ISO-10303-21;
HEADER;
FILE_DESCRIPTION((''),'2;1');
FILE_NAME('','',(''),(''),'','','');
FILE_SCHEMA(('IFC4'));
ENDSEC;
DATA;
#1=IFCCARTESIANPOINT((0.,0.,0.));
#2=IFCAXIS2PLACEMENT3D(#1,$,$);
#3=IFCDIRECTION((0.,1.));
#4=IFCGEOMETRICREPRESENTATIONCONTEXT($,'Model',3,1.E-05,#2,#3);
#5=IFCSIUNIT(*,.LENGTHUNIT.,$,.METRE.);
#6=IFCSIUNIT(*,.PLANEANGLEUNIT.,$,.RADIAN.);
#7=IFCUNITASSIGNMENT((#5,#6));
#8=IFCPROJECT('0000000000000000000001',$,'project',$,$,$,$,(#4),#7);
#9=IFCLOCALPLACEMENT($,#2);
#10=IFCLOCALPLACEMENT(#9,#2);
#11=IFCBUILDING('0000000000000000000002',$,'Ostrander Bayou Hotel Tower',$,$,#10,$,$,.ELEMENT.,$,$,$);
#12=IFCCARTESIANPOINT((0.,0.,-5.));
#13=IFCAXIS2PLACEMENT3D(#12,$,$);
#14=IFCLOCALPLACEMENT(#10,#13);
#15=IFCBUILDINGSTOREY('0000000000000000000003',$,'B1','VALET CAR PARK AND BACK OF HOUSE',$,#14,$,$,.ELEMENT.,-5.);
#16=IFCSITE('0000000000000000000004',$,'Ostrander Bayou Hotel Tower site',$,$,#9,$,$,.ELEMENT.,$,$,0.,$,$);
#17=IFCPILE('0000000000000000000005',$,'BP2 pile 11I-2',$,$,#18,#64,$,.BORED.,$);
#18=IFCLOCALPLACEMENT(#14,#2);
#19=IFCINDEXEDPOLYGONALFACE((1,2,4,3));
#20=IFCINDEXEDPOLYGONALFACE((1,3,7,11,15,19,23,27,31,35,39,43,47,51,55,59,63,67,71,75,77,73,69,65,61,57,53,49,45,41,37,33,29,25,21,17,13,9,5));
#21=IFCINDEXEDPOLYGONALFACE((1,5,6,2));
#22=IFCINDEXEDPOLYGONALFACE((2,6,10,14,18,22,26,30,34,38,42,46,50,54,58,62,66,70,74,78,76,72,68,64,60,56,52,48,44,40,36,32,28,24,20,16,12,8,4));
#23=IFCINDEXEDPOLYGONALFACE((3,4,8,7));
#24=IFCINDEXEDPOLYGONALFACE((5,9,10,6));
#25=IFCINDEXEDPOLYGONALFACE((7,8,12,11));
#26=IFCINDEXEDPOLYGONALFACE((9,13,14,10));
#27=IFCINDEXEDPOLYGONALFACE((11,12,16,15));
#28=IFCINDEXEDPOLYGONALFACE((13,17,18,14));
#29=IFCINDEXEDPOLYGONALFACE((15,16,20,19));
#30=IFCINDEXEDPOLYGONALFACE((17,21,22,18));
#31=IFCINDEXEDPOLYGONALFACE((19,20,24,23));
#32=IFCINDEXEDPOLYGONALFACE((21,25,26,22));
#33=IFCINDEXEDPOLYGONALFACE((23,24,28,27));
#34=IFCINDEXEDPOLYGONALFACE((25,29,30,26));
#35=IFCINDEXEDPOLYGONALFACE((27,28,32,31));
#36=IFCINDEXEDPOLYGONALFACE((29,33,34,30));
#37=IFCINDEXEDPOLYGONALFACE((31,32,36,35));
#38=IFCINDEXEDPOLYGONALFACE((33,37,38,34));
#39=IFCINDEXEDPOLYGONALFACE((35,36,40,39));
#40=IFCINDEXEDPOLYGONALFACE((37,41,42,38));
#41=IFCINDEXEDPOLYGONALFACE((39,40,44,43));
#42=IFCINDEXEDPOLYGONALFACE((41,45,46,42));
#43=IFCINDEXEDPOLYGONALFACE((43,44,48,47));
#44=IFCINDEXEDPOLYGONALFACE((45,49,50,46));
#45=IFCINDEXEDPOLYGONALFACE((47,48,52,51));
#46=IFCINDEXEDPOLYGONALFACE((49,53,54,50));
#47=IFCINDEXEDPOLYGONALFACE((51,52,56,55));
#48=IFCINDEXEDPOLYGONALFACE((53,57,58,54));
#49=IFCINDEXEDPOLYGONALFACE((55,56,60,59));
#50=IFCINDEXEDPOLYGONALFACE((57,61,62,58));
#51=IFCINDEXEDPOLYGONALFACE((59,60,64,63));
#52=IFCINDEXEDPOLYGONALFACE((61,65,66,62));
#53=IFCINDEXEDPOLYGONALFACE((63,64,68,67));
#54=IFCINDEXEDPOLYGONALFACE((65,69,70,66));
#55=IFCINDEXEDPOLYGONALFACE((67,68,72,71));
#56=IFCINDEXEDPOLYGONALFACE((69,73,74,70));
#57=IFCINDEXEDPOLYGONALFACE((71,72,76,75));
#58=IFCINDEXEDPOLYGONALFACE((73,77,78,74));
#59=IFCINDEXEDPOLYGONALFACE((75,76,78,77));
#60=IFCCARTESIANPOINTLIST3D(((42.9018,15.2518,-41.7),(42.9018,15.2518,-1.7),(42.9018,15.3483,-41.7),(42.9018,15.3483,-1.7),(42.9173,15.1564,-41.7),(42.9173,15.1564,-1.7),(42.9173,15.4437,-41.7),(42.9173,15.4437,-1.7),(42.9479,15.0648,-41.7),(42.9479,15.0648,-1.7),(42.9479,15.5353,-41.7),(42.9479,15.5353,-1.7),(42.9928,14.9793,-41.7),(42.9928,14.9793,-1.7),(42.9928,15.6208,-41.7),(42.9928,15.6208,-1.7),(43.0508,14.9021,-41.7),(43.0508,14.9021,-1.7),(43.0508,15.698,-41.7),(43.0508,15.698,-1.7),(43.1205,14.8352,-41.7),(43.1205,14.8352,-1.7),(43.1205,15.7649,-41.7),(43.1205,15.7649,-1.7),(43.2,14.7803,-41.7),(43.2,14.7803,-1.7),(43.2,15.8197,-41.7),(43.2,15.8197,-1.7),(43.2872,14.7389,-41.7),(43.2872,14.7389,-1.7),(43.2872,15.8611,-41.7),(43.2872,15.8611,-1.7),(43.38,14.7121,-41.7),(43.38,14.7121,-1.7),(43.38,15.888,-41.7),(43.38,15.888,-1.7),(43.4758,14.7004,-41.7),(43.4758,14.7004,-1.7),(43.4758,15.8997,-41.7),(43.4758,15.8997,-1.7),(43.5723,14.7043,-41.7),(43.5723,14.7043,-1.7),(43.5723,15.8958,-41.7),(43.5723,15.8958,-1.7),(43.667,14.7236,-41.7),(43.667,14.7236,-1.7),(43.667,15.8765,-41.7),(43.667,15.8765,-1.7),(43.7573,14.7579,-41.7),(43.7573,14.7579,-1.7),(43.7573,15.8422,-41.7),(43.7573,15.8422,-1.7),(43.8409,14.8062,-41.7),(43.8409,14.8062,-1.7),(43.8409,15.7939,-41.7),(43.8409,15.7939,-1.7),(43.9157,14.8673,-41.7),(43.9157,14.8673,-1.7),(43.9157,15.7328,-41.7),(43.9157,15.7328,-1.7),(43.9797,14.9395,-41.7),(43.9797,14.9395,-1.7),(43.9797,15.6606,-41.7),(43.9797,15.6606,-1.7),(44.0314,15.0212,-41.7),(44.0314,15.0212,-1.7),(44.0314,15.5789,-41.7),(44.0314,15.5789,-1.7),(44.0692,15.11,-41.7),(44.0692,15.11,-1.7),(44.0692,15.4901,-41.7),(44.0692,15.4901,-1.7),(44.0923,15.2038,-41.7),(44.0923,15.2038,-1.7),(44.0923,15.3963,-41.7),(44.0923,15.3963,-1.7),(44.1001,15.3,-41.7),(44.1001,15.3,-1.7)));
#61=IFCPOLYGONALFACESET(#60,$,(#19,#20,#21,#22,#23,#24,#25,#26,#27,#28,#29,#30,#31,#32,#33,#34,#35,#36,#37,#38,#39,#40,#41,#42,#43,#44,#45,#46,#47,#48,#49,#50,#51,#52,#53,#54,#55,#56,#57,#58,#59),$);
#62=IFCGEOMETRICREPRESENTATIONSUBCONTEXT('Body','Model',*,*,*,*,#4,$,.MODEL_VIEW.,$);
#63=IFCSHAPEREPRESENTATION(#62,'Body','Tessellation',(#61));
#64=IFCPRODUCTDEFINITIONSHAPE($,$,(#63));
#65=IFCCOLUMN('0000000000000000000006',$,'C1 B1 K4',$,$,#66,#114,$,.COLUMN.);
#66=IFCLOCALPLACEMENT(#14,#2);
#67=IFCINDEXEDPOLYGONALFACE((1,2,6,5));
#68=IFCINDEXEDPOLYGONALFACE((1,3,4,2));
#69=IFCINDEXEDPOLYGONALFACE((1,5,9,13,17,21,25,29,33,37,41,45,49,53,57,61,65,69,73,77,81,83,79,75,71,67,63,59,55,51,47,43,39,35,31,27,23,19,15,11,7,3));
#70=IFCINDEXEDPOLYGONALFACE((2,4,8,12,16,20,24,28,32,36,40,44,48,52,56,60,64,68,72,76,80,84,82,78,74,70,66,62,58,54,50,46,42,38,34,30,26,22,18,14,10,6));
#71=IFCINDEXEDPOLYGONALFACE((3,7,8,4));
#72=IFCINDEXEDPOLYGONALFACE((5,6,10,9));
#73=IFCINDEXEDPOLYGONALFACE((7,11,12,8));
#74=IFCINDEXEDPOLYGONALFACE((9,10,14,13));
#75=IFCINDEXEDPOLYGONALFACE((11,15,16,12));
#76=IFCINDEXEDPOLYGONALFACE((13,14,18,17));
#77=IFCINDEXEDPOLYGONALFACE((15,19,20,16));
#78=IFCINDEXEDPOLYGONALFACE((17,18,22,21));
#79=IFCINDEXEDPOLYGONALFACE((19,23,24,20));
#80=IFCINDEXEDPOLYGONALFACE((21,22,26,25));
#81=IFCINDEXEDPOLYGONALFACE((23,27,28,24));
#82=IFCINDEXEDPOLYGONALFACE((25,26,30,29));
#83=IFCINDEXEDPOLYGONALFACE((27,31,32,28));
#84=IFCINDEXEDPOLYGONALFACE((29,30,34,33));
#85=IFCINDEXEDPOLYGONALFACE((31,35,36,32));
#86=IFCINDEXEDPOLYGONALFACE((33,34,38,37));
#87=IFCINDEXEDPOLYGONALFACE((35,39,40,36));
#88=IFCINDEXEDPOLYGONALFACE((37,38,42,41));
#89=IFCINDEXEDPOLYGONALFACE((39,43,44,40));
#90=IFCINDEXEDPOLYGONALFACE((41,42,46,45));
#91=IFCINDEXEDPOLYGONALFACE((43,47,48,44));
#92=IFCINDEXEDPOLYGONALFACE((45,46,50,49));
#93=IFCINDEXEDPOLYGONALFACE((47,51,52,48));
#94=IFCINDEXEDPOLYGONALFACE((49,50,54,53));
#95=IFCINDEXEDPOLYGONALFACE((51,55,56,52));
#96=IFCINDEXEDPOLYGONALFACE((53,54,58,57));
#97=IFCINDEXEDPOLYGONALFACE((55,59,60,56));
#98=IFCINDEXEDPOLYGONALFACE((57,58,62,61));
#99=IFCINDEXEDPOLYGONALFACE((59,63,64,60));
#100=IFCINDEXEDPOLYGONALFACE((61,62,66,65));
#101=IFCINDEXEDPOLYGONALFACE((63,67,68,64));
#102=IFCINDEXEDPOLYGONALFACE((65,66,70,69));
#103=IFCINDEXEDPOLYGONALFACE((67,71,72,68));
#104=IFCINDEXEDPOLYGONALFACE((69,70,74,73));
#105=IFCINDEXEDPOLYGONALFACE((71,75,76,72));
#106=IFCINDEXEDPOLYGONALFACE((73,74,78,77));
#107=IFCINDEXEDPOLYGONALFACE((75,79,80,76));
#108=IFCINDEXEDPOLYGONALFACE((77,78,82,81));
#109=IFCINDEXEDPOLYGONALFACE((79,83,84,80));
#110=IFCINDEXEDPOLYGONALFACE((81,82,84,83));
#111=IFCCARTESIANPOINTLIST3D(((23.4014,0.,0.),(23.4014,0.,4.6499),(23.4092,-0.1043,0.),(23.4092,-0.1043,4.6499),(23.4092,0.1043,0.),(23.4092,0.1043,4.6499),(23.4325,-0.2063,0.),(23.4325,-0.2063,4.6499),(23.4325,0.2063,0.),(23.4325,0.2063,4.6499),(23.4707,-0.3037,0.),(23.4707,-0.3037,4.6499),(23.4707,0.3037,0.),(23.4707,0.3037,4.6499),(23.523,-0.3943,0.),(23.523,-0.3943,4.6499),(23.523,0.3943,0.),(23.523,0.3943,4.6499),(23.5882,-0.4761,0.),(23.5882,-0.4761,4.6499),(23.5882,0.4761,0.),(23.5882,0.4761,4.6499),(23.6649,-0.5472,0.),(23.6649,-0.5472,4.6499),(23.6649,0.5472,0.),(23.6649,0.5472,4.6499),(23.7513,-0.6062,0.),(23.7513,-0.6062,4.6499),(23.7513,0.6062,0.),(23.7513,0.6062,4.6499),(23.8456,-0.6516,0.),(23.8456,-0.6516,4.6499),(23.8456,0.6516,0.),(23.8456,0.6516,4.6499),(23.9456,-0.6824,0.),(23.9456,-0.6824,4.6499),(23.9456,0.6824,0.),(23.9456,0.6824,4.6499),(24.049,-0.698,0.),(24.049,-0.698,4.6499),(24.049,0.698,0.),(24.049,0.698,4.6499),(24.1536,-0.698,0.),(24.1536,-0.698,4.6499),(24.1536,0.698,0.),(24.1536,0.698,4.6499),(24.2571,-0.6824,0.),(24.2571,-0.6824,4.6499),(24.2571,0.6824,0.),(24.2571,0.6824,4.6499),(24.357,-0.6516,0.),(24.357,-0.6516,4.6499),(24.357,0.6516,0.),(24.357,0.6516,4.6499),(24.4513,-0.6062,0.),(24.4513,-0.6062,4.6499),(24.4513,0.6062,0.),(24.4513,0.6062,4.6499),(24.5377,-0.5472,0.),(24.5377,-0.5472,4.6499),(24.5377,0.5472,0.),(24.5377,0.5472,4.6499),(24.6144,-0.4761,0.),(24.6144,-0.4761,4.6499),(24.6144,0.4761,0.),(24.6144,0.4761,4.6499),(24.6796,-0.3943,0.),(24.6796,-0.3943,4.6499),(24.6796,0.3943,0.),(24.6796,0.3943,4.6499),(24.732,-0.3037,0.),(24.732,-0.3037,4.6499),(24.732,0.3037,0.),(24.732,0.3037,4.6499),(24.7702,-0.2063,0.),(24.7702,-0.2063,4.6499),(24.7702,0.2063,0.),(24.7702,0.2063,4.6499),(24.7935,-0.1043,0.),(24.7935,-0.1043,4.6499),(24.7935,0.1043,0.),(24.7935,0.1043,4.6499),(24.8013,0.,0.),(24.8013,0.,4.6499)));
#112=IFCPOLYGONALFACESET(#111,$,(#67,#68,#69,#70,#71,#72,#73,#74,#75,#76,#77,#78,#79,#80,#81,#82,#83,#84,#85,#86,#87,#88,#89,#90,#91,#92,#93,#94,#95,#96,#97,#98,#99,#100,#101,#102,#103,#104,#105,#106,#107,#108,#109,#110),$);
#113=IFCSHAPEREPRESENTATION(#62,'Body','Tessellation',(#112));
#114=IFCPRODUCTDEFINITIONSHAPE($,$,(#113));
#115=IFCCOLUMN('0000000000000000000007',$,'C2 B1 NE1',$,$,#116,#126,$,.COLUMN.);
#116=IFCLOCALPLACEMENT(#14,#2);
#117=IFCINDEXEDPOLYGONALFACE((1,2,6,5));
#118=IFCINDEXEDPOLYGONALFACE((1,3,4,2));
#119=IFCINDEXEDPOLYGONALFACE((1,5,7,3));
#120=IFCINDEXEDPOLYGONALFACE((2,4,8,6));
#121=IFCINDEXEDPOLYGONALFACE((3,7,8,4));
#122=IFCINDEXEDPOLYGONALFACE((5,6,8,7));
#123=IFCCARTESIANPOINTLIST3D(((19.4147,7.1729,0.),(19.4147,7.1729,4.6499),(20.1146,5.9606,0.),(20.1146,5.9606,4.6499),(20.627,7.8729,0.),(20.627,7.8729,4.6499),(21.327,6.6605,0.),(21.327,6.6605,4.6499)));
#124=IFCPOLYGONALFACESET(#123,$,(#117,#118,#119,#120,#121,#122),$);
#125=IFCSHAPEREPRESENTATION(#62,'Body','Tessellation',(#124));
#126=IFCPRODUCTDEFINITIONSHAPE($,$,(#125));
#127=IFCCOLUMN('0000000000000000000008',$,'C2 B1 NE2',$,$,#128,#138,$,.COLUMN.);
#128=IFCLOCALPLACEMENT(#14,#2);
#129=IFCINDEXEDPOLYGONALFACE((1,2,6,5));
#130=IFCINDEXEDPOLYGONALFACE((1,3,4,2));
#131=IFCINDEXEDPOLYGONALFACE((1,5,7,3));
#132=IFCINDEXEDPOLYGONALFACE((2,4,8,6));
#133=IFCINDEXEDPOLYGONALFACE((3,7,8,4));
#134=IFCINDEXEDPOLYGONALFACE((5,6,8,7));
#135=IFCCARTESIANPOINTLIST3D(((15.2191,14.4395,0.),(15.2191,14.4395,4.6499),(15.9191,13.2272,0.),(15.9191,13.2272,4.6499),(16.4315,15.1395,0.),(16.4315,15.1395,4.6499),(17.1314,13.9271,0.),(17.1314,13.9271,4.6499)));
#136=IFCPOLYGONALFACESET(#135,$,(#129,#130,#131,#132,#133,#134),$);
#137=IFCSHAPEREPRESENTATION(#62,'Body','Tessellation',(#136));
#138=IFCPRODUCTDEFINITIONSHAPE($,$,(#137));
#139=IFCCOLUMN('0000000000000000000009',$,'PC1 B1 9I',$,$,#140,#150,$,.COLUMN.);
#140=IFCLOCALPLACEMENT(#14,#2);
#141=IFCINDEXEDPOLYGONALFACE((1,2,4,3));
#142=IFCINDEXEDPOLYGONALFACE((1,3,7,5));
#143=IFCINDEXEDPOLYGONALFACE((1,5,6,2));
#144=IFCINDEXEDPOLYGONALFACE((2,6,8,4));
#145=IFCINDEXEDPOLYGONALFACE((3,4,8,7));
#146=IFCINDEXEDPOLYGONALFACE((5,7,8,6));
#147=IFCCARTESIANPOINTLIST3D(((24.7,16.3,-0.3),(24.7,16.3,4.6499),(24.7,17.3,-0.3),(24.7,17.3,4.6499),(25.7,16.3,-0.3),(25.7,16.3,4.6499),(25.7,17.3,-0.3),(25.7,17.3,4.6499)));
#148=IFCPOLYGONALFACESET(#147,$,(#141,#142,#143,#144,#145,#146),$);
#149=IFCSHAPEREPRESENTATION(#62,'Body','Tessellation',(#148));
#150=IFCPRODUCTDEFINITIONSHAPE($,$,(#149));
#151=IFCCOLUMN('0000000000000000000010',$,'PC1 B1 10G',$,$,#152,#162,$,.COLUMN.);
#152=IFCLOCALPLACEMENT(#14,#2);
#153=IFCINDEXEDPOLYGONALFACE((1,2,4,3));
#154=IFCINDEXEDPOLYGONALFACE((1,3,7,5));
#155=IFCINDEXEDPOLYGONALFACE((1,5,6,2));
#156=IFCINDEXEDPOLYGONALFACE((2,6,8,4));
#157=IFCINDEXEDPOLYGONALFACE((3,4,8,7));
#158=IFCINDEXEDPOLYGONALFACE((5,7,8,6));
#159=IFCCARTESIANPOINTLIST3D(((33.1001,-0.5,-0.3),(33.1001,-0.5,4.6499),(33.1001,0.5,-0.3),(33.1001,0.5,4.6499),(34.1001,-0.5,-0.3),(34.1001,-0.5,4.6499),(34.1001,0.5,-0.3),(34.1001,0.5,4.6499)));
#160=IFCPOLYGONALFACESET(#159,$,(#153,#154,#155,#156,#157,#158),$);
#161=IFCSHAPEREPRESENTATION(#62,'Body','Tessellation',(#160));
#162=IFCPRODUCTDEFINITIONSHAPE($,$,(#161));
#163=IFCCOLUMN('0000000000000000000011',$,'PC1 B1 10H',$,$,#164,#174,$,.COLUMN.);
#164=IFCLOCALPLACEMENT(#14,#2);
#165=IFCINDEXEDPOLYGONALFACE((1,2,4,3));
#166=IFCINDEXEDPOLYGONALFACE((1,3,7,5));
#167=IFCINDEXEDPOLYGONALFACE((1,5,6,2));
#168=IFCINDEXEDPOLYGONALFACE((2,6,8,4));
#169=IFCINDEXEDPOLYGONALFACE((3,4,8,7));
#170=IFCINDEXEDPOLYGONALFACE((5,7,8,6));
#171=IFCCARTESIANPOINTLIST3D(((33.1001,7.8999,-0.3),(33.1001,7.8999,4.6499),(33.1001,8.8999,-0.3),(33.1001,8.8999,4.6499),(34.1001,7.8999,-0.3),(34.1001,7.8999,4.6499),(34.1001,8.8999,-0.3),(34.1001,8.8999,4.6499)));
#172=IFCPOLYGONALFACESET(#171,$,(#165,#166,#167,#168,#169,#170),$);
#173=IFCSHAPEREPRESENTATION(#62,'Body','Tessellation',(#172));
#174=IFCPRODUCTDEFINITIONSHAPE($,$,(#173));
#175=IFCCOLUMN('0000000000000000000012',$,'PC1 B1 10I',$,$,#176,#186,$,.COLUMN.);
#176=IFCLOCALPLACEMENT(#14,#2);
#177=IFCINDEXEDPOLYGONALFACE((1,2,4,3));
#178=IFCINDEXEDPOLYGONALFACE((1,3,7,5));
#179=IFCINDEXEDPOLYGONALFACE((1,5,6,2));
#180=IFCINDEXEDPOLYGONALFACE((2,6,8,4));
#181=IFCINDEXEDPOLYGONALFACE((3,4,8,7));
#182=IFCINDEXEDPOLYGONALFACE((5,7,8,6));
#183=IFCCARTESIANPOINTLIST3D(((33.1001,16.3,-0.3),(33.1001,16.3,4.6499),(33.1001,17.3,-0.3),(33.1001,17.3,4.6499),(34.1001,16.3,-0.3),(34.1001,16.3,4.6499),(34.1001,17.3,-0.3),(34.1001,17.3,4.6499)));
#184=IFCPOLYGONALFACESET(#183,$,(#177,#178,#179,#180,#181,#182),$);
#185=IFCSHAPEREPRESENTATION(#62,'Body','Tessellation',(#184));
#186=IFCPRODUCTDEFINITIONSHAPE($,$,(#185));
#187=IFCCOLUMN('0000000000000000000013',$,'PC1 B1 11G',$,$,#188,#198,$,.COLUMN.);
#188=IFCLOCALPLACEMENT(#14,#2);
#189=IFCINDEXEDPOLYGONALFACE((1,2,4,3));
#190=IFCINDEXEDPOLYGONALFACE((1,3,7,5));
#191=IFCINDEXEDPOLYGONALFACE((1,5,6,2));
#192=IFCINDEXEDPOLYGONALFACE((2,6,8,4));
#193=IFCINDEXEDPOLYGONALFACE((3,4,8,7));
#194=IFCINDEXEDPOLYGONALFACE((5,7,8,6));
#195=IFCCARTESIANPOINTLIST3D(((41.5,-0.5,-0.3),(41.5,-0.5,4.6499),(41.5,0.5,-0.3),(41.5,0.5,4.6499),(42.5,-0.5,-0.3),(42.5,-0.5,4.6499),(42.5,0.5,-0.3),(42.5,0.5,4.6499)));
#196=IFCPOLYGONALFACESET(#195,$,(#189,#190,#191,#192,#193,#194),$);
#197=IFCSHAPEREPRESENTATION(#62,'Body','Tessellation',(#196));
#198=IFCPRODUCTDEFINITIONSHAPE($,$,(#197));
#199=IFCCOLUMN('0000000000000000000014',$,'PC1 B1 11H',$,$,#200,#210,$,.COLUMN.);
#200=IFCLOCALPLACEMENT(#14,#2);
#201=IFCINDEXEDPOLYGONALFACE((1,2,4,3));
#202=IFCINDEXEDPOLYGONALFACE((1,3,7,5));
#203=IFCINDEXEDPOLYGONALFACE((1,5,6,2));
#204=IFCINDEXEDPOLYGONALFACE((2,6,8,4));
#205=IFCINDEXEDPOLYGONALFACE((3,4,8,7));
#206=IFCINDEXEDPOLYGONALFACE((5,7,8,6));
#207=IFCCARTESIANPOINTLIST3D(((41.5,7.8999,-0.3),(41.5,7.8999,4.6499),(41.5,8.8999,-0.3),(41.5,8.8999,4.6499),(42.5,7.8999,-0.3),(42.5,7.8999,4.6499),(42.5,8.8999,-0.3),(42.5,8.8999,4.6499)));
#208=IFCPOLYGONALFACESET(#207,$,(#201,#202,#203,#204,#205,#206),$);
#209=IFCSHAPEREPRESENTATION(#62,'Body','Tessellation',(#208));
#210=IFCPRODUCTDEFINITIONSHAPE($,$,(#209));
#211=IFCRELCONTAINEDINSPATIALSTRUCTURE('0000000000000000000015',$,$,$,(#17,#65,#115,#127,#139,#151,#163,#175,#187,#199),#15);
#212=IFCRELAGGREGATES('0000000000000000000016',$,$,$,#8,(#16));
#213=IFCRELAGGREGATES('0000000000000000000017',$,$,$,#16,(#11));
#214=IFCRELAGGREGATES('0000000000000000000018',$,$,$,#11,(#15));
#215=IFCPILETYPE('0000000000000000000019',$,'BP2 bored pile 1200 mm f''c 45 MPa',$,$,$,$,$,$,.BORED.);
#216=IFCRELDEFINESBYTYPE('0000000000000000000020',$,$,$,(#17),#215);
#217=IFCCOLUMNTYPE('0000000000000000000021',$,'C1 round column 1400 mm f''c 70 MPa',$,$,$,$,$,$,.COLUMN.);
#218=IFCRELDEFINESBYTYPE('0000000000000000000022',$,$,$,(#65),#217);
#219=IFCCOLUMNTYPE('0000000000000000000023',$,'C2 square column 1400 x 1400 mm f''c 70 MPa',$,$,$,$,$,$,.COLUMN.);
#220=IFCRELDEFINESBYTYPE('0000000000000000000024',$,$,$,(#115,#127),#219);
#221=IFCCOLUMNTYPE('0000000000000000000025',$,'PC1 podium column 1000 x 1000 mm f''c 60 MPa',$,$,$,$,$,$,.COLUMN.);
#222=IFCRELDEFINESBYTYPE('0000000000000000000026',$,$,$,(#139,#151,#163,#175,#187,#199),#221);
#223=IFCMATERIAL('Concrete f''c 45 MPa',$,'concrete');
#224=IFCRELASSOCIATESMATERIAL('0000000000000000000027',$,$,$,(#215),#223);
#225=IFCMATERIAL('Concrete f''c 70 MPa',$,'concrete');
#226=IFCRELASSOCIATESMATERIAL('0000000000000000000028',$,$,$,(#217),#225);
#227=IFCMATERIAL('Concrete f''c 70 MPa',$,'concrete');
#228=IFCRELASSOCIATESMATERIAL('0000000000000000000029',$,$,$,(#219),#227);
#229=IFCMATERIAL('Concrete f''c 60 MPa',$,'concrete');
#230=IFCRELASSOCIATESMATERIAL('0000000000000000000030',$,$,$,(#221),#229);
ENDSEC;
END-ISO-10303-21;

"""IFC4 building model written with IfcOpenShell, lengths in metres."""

from ifc_helpers import new_model, si_unit, direction, frame, origin, origin_2d, place, context, subcontext, project, spatial, rectangle, circle, extrude, material, material_profile, profile_set, type_object, element, save


model = new_model("IFC4")

# Units and contexts
model_context = context("Model", 3, precision=1e-05, world=origin(), true_north=direction((0.0, 1.0)))
body_context = subcontext(model_context, "Body", "Model", "MODEL_VIEW")
ifc_project = project(units=[si_unit("LENGTHUNIT", "METRE"), si_unit("PLANEANGLEUNIT", "RADIAN")], contexts=[model_context])

# Site, building, storey
site_placement = place(None, origin())
site = spatial("IfcSite", under=ifc_project, at=site_placement, Name="Ostrander Bayou Hotel Tower site", CompositionType="ELEMENT", RefElevation=0.0)
building_placement = place(site_placement, origin())
building = spatial("IfcBuilding", under=site, at=building_placement, Name="Ostrander Bayou Hotel Tower", CompositionType="ELEMENT")
storey_placement = place(building_placement, frame((0.0, 0.0, -5.0)))
storey = spatial("IfcBuildingStorey", under=building, at=storey_placement, Name="B1", Description="VALET CAR PARK AND BACK OF HOUSE", CompositionType="ELEMENT", Elevation=-5.0)

# Pile
ifc_material_1 = material(Name="Concrete f'c 45 MPa", Category="concrete")
ifc_material_profile_1 = material_profile(ifc_material_1, circle(Radius=0.6001, at=origin_2d()))
ifc_profile_set_1 = profile_set([ifc_material_profile_1], Name="Concrete f'c 45 MPa")
pile_type_1 = type_object("IfcPileType", Name="BP2 bored pile 1200 mm f'c 45 MPa", PredefinedType="BORED", material=ifc_profile_set_1)
for number, where, z_axis, x_axis, name in (
    (1, (43.5, 15.3, -1.7), (0.0, 0.0, -1.0), (1.0, 0.0, 0.0), "BP2 pile 11I-2"),
):
    element("IfcPile", number, at=place(storey_placement, frame(where, z_axis=z_axis, x_axis=x_axis)), inside=storey, type_object=pile_type_1, Name=name, PredefinedType="BORED", context=body_context, shape_type="SweptSolid", body=[
        extrude(circle(Radius=0.6001, at=origin_2d()), origin(), (0.0, 0.0, 1.0), 40.0),
    ])

# Columns
ifc_material_2 = material(Name="Concrete f'c 70 MPa", Category="concrete")
ifc_material_profile_2 = material_profile(ifc_material_2, circle(Radius=0.7, at=origin_2d()))
ifc_profile_set_2 = profile_set([ifc_material_profile_2], Name="Concrete f'c 70 MPa")
column_type_1 = type_object("IfcColumnType", Name="C1 round column 1400 mm f'c 70 MPa", PredefinedType="COLUMN", material=ifc_profile_set_2)
column_placement = place(storey_placement, frame((24.1013, 0.0, 0.0), z_axis=(0.0, 0.0, 1.0), x_axis=(1.0, 0.0, 0.0)))
element("IfcColumn", 2, at=column_placement, inside=storey, type_object=column_type_1, Name="C1 B1 K4", PredefinedType="COLUMN", context=body_context, shape_type="SweptSolid", body=[
    extrude(circle(Radius=0.7, at=origin_2d()), origin(), (0.0, 0.0, 1.0), 4.6499),
])
ifc_material_3 = material(Name="Concrete f'c 70 MPa", Category="concrete")
ifc_material_profile_3 = material_profile(ifc_material_3, rectangle(XDim=1.3999, YDim=1.3999, at=origin_2d()))
ifc_profile_set_3 = profile_set([ifc_material_profile_3], Name="Concrete f'c 70 MPa")
column_type_2 = type_object("IfcColumnType", Name="C2 square column 1400 x 1400 mm f'c 70 MPa", PredefinedType="COLUMN", material=ifc_profile_set_3)
for number, where, z_axis, x_axis, name in (
    (3, (20.3708, 6.9167, 0.0), (0.0, 0.0, 1.0), (0.5, -0.866025, 0.0), "C2 B1 NE1"),
    (4, (16.1753, 14.1833, 0.0), (0.0, 0.0, 1.0), (0.5, -0.866025, 0.0), "C2 B1 NE2"),
):
    element("IfcColumn", number, at=place(storey_placement, frame(where, z_axis=z_axis, x_axis=x_axis)), inside=storey, type_object=column_type_2, Name=name, PredefinedType="COLUMN", context=body_context, shape_type="SweptSolid", body=[
        extrude(rectangle(XDim=1.3999, YDim=1.3999, at=origin_2d()), origin(), (0.0, 0.0, 1.0), 4.6499),
    ])
ifc_material_4 = material(Name="Concrete f'c 60 MPa", Category="concrete")
ifc_material_profile_4 = material_profile(ifc_material_4, rectangle(XDim=1.0, YDim=1.0, at=origin_2d()))
ifc_profile_set_4 = profile_set([ifc_material_profile_4], Name="Concrete f'c 60 MPa")
column_type_3 = type_object("IfcColumnType", Name="PC1 podium column 1000 x 1000 mm f'c 60 MPa", PredefinedType="COLUMN", material=ifc_profile_set_4)
for number, where, z_axis, x_axis, name in (
    (5, (25.2, 16.8, -0.3), (0.0, 0.0, 1.0), (1.0, 0.0, 0.0), "PC1 B1 9I"),
    (6, (33.6001, 0.0, -0.3), (0.0, 0.0, 1.0), (1.0, 0.0, 0.0), "PC1 B1 10G"),
    (7, (33.6001, 8.3999, -0.3), (0.0, 0.0, 1.0), (1.0, 0.0, 0.0), "PC1 B1 10H"),
    (8, (33.6001, 16.8, -0.3), (0.0, 0.0, 1.0), (1.0, 0.0, 0.0), "PC1 B1 10I"),
    (9, (42.0, 0.0, -0.3), (0.0, 0.0, 1.0), (1.0, 0.0, 0.0), "PC1 B1 11G"),
    (10, (42.0, 8.3999, -0.3), (0.0, 0.0, 1.0), (1.0, 0.0, 0.0), "PC1 B1 11H"),
):
    element("IfcColumn", number, at=place(storey_placement, frame(where, z_axis=z_axis, x_axis=x_axis)), inside=storey, type_object=column_type_3, Name=name, PredefinedType="COLUMN", context=body_context, shape_type="SweptSolid", body=[
        extrude(rectangle(XDim=1.0, YDim=1.0, at=origin_2d()), origin(), (0.0, 0.0, 1.0), 4.95),
    ])

save(model, "model.ifc")
